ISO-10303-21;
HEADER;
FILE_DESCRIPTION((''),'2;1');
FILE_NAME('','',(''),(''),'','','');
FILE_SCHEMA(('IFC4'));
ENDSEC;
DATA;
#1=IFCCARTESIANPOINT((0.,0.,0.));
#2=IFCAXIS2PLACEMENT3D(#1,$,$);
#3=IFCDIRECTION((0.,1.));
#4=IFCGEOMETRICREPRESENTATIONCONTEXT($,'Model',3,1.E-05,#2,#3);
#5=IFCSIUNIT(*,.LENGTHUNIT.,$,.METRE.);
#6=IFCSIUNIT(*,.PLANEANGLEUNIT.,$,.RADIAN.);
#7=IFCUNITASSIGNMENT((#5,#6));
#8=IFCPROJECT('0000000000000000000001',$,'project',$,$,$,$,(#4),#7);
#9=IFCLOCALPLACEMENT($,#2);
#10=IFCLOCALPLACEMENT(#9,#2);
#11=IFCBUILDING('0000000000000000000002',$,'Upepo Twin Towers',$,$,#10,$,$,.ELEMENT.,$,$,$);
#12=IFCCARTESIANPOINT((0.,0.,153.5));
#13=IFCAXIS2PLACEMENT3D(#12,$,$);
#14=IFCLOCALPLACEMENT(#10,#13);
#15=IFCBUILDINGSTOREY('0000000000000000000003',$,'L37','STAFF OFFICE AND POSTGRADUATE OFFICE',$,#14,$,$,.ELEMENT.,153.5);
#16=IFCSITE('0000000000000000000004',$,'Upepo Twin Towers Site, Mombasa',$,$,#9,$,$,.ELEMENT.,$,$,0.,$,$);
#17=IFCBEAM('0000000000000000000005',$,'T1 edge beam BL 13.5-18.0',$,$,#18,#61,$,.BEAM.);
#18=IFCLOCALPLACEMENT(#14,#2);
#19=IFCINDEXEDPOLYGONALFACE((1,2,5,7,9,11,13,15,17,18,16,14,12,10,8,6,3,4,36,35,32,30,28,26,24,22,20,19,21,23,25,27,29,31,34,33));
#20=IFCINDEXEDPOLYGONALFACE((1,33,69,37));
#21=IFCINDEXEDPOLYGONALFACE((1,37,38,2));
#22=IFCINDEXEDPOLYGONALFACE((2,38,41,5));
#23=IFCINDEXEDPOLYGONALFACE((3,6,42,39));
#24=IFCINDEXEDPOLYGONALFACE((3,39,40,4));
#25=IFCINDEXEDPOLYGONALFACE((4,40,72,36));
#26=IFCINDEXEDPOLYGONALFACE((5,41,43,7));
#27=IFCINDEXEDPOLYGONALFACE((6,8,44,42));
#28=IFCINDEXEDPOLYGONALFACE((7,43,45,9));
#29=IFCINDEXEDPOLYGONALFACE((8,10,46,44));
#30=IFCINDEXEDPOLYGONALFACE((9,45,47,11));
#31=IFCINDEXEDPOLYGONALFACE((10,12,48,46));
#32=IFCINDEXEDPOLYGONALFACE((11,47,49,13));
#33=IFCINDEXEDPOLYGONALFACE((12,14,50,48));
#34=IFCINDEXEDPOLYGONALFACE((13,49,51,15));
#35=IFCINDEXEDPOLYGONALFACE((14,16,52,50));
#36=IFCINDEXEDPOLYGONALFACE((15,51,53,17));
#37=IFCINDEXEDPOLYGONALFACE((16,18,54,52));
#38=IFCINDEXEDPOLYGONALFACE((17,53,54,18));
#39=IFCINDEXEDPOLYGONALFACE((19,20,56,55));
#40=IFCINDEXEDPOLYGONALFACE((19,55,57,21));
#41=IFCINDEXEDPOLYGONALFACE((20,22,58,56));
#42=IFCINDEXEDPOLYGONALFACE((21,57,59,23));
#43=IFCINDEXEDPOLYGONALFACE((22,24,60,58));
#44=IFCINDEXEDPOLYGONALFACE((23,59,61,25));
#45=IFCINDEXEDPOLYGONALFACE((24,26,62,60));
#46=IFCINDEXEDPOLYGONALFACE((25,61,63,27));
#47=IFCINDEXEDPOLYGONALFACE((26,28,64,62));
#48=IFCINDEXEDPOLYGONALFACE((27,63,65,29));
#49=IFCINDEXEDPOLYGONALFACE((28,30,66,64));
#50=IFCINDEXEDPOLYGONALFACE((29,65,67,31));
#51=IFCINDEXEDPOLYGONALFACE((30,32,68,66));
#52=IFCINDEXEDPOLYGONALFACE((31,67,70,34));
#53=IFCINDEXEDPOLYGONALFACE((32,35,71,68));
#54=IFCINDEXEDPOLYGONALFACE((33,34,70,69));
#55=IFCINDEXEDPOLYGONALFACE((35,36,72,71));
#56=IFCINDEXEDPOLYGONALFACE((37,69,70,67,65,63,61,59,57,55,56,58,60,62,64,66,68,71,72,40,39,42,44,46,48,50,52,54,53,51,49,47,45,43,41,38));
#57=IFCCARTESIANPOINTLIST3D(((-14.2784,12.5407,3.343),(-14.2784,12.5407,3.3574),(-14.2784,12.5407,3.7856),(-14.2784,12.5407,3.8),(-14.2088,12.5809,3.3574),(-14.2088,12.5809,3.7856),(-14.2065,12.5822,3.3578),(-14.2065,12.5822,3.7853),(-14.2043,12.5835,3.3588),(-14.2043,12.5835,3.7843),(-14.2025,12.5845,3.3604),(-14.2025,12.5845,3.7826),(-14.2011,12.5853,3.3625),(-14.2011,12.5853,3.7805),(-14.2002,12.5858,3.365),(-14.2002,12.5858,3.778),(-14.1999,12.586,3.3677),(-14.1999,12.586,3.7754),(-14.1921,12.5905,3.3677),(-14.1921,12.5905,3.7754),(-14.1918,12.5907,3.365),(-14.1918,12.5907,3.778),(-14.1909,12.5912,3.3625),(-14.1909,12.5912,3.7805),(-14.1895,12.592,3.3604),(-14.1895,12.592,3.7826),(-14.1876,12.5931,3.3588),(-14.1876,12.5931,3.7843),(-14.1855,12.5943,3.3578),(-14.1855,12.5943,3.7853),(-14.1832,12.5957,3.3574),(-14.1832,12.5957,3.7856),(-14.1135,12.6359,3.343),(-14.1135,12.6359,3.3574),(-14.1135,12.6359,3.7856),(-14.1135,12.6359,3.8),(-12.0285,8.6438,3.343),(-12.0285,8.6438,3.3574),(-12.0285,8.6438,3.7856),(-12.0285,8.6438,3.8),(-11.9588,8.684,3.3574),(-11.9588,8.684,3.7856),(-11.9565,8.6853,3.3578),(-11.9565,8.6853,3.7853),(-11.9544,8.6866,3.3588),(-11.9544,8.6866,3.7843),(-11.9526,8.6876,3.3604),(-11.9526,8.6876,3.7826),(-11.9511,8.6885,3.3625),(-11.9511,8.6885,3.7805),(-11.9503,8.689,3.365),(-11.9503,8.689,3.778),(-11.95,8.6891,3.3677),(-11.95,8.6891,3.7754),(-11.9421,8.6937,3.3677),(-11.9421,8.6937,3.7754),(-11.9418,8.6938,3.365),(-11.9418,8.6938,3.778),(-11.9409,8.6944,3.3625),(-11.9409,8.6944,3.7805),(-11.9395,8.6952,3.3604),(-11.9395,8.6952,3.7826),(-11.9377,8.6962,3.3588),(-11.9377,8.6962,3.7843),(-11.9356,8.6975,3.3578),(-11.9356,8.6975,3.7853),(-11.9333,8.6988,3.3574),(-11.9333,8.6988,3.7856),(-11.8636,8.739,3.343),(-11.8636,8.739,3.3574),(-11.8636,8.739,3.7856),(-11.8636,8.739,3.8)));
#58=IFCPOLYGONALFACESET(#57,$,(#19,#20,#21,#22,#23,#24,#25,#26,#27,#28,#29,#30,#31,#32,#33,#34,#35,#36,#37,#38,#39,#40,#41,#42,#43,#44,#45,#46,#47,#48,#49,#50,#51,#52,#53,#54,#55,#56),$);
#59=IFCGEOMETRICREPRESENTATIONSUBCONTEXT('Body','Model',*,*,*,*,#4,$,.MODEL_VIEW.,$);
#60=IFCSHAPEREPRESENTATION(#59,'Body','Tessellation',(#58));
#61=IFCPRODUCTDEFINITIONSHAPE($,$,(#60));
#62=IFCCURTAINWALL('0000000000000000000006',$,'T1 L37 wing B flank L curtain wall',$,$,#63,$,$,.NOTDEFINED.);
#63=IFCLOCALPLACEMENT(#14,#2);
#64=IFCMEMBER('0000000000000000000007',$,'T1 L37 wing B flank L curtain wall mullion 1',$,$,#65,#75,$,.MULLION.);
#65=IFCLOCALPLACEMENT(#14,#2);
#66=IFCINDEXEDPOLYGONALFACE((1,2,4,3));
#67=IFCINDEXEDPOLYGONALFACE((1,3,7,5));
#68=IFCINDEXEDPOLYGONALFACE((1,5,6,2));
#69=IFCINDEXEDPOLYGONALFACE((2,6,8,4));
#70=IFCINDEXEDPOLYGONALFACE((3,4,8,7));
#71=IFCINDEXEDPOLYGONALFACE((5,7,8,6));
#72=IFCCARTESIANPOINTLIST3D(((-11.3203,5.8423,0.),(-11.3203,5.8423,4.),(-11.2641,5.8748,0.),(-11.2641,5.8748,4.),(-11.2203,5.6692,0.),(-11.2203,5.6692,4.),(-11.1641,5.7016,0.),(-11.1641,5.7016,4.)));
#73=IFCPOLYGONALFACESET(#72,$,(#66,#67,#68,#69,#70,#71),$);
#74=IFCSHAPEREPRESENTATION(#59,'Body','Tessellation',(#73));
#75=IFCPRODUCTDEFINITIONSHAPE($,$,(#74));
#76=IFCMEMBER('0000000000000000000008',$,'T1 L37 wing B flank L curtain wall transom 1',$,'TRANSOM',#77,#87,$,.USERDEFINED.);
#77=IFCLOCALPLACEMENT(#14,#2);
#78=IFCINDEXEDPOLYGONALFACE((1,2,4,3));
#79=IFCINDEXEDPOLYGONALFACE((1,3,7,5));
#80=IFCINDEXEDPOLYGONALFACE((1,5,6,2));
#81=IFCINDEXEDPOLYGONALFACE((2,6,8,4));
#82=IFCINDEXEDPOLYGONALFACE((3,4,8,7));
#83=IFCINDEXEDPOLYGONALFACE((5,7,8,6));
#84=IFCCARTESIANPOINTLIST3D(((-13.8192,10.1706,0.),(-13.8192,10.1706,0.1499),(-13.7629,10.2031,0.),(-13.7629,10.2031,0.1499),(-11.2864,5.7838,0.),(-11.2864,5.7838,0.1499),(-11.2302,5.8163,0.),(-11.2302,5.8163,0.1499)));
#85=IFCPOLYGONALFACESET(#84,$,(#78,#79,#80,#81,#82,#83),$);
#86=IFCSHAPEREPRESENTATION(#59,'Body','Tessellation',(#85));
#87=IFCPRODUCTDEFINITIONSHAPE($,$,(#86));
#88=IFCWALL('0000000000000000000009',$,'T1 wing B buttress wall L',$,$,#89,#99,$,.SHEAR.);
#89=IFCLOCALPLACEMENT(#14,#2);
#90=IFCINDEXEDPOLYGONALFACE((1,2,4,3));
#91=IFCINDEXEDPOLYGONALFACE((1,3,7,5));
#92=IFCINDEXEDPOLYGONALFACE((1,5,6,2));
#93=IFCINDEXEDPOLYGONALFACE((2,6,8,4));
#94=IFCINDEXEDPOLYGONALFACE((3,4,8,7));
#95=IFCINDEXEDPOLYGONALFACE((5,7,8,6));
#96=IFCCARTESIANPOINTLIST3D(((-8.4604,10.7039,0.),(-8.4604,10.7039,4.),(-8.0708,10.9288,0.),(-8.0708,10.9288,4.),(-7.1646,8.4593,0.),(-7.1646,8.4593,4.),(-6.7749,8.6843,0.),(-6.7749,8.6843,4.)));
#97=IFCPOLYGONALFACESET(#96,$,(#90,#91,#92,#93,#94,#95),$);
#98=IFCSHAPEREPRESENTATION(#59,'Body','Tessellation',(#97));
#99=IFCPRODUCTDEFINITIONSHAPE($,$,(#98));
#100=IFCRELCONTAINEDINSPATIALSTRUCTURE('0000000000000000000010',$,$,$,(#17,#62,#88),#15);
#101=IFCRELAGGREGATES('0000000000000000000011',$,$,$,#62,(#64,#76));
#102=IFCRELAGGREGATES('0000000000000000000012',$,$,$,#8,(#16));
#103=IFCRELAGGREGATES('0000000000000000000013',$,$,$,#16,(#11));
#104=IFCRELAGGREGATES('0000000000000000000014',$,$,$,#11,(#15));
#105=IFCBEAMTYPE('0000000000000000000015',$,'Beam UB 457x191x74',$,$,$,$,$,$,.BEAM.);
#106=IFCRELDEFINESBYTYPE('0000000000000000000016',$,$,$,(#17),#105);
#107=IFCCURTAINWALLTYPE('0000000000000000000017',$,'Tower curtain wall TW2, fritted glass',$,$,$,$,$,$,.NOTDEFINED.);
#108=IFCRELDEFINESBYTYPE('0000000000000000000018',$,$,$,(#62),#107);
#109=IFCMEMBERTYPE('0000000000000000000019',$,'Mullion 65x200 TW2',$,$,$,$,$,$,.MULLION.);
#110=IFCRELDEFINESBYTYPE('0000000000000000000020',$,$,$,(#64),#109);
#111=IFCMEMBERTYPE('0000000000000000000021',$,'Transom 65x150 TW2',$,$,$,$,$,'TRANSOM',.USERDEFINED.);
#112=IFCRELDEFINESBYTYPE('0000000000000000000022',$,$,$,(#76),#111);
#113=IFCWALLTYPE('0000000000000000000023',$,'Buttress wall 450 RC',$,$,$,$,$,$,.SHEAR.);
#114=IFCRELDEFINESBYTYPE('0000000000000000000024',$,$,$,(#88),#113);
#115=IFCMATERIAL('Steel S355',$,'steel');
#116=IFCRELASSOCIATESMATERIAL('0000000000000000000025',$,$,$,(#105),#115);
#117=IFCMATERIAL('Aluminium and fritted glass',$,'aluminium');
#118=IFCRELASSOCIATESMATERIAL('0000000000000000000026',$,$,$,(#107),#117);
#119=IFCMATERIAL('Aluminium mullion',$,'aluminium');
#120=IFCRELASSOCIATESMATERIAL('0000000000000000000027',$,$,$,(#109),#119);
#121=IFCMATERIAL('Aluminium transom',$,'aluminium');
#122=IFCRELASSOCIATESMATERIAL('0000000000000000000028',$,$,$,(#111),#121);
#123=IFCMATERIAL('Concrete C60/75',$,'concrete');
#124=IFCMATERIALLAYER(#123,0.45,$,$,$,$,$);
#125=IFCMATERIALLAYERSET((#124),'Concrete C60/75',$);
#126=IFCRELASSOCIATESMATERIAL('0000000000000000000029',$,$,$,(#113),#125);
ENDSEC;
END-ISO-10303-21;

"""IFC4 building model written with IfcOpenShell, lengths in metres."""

from ifc_helpers import new_model, si_unit, direction, frame, frame_2d, origin, origin_2d, place, context, subcontext, project, spatial, rectangle, i_section, extrude, material, layer, layer_set, material_profile, profile_set, type_object, element, aggregate, save


model = new_model("IFC4")

# Units and contexts
model_context = context("Model", 3, precision=1e-05, world=origin(), true_north=direction((0.0, 1.0)))
body_context = subcontext(model_context, "Body", "Model", "MODEL_VIEW")
ifc_project = project(units=[si_unit("LENGTHUNIT", "METRE"), si_unit("PLANEANGLEUNIT", "RADIAN")], contexts=[model_context])

# Site, building, storey
site_placement = place(None, origin())
site = spatial("IfcSite", under=ifc_project, at=site_placement, Name="Upepo Twin Towers Site, Mombasa", CompositionType="ELEMENT", RefElevation=0.0)
building_placement = place(site_placement, origin())
building = spatial("IfcBuilding", under=site, at=building_placement, Name="Upepo Twin Towers", CompositionType="ELEMENT")
storey_placement = place(building_placement, frame((0.0, 0.0, 153.5)))
storey = spatial("IfcBuildingStorey", under=building, at=storey_placement, Name="L37", Description="STAFF OFFICE AND POSTGRADUATE OFFICE", CompositionType="ELEMENT", Elevation=153.5)

# Beam
ifc_material_1 = material(Name="Steel S355", Category="steel")
ifc_material_profile_1 = material_profile(ifc_material_1, i_section(OverallWidth=0.1904, OverallDepth=0.457, WebThickness=0.009, FlangeThickness=0.0144, FilletRadius=0.0103, at=origin_2d()), Name="UB 457x191x74")
ifc_profile_set_1 = profile_set([ifc_material_profile_1], Name="Steel S355")
beam_type = type_object("IfcBeamType", Name="Beam UB 457x191x74", PredefinedType="BEAM", material=ifc_profile_set_1)
beam_placement = place(storey_placement, frame((-11.946, 8.6914, 3.5715), z_axis=(-0.500014, 0.866018, 0.0), x_axis=(-0.866018, -0.500014, 0.0)))
element("IfcBeam", 1, at=beam_placement, inside=storey, type_object=beam_type, Name="T1 edge beam BL 13.5-18.0", PredefinedType="BEAM", context=body_context, shape_type="SweptSolid", body=[
    extrude(i_section(OverallWidth=0.1904, OverallDepth=0.457, WebThickness=0.009, FlangeThickness=0.0144, FilletRadius=0.0103, at=origin_2d()), origin(), (0.0, 0.0, 1.0), 4.4998),
])

# Curtain wall, members
ifc_material_2 = material(Name="Aluminium and fritted glass", Category="aluminium")
curtain_wall_type = type_object("IfcCurtainWallType", Name="Tower curtain wall TW2, fritted glass", PredefinedType="NOTDEFINED", material=ifc_material_2)
curtain_wall_placement = place(storey_placement, origin())
curtain_wall = element("IfcCurtainWall", 2, at=curtain_wall_placement, inside=storey, type_object=curtain_wall_type, Name="T1 L37 wing B flank L curtain wall", PredefinedType="NOTDEFINED")
ifc_material_3 = material(Name="Aluminium mullion", Category="aluminium")
ifc_material_profile_2 = material_profile(ifc_material_3, rectangle(XDim=0.0649, YDim=0.2, at=origin_2d()), Name="MULLION 65x200")
ifc_profile_set_2 = profile_set([ifc_material_profile_2], Name="Aluminium mullion")
member_type_1 = type_object("IfcMemberType", Name="Mullion 65x200 TW2", PredefinedType="MULLION", material=ifc_profile_set_2)
member_1_placement = place(storey_placement, frame((-11.2422, 5.772, 0.0), z_axis=(0.0, 0.0, 1.0), x_axis=(-0.866025, -0.5, 0.0)))
member_1 = element("IfcMember", 3, at=member_1_placement, type_object=member_type_1, Name="T1 L37 wing B flank L curtain wall mullion 1", PredefinedType="MULLION", context=body_context, shape_type="SweptSolid", body=[
    extrude(rectangle(XDim=0.0649, YDim=0.2, at=origin_2d()), origin(), (0.0, 0.0, 1.0), 4.0),
])
ifc_material_4 = material(Name="Aluminium transom", Category="aluminium")
ifc_material_profile_3 = material_profile(ifc_material_4, rectangle(XDim=0.0649, YDim=0.1499, at=origin_2d()), Name="TRANSOM 65x150")
ifc_profile_set_3 = profile_set([ifc_material_profile_3], Name="Aluminium transom")
member_type_2 = type_object("IfcMemberType", Name="Transom 65x150 TW2", ElementType="TRANSOM", PredefinedType="USERDEFINED", material=ifc_profile_set_3)
member_2_placement = place(storey_placement, frame((-11.2583, 5.8, 0.075), z_axis=(-0.500006, 0.866022, 0.0), x_axis=(-0.866022, -0.500006, 0.0)))
member_2 = element("IfcMember", 4, at=member_2_placement, type_object=member_type_2, Name="T1 L37 wing B flank L curtain wall transom 1", ObjectType="TRANSOM", PredefinedType="USERDEFINED", context=body_context, shape_type="SweptSolid", body=[
    extrude(rectangle(XDim=0.0649, YDim=0.1499, at=origin_2d()), origin(), (0.0, 0.0, 1.0), 5.0654),
])
aggregate(curtain_wall, [member_1, member_2])

# Wall
ifc_material_5 = material(Name="Concrete C60/75", Category="concrete")
ifc_layer_1 = layer(ifc_material_5, 0.45)
ifc_layer_set_1 = layer_set([ifc_layer_1], Name="Concrete C60/75")
wall_type_1 = type_object("IfcWallType", Name="Buttress wall 450 RC", PredefinedType="SHEAR", material=ifc_layer_set_1)
wall_1_placement = place(storey_placement, frame((-6.9697, 8.5718, 0.0), z_axis=(0.0, 0.0, 1.0), x_axis=(-0.499989, 0.866032, 0.0)))
element("IfcWall", 5, at=wall_1_placement, inside=storey, type_object=wall_type_1, Name="T1 wing B buttress wall L", PredefinedType="SHEAR", context=body_context, shape_type="SweptSolid", body=[
    extrude(rectangle(XDim=2.5918, YDim=0.45, at=frame_2d((1.2959, 0.0))), origin(), (0.0, 0.0, 1.0), 4.0),
])

save(model, "model.ifc")
